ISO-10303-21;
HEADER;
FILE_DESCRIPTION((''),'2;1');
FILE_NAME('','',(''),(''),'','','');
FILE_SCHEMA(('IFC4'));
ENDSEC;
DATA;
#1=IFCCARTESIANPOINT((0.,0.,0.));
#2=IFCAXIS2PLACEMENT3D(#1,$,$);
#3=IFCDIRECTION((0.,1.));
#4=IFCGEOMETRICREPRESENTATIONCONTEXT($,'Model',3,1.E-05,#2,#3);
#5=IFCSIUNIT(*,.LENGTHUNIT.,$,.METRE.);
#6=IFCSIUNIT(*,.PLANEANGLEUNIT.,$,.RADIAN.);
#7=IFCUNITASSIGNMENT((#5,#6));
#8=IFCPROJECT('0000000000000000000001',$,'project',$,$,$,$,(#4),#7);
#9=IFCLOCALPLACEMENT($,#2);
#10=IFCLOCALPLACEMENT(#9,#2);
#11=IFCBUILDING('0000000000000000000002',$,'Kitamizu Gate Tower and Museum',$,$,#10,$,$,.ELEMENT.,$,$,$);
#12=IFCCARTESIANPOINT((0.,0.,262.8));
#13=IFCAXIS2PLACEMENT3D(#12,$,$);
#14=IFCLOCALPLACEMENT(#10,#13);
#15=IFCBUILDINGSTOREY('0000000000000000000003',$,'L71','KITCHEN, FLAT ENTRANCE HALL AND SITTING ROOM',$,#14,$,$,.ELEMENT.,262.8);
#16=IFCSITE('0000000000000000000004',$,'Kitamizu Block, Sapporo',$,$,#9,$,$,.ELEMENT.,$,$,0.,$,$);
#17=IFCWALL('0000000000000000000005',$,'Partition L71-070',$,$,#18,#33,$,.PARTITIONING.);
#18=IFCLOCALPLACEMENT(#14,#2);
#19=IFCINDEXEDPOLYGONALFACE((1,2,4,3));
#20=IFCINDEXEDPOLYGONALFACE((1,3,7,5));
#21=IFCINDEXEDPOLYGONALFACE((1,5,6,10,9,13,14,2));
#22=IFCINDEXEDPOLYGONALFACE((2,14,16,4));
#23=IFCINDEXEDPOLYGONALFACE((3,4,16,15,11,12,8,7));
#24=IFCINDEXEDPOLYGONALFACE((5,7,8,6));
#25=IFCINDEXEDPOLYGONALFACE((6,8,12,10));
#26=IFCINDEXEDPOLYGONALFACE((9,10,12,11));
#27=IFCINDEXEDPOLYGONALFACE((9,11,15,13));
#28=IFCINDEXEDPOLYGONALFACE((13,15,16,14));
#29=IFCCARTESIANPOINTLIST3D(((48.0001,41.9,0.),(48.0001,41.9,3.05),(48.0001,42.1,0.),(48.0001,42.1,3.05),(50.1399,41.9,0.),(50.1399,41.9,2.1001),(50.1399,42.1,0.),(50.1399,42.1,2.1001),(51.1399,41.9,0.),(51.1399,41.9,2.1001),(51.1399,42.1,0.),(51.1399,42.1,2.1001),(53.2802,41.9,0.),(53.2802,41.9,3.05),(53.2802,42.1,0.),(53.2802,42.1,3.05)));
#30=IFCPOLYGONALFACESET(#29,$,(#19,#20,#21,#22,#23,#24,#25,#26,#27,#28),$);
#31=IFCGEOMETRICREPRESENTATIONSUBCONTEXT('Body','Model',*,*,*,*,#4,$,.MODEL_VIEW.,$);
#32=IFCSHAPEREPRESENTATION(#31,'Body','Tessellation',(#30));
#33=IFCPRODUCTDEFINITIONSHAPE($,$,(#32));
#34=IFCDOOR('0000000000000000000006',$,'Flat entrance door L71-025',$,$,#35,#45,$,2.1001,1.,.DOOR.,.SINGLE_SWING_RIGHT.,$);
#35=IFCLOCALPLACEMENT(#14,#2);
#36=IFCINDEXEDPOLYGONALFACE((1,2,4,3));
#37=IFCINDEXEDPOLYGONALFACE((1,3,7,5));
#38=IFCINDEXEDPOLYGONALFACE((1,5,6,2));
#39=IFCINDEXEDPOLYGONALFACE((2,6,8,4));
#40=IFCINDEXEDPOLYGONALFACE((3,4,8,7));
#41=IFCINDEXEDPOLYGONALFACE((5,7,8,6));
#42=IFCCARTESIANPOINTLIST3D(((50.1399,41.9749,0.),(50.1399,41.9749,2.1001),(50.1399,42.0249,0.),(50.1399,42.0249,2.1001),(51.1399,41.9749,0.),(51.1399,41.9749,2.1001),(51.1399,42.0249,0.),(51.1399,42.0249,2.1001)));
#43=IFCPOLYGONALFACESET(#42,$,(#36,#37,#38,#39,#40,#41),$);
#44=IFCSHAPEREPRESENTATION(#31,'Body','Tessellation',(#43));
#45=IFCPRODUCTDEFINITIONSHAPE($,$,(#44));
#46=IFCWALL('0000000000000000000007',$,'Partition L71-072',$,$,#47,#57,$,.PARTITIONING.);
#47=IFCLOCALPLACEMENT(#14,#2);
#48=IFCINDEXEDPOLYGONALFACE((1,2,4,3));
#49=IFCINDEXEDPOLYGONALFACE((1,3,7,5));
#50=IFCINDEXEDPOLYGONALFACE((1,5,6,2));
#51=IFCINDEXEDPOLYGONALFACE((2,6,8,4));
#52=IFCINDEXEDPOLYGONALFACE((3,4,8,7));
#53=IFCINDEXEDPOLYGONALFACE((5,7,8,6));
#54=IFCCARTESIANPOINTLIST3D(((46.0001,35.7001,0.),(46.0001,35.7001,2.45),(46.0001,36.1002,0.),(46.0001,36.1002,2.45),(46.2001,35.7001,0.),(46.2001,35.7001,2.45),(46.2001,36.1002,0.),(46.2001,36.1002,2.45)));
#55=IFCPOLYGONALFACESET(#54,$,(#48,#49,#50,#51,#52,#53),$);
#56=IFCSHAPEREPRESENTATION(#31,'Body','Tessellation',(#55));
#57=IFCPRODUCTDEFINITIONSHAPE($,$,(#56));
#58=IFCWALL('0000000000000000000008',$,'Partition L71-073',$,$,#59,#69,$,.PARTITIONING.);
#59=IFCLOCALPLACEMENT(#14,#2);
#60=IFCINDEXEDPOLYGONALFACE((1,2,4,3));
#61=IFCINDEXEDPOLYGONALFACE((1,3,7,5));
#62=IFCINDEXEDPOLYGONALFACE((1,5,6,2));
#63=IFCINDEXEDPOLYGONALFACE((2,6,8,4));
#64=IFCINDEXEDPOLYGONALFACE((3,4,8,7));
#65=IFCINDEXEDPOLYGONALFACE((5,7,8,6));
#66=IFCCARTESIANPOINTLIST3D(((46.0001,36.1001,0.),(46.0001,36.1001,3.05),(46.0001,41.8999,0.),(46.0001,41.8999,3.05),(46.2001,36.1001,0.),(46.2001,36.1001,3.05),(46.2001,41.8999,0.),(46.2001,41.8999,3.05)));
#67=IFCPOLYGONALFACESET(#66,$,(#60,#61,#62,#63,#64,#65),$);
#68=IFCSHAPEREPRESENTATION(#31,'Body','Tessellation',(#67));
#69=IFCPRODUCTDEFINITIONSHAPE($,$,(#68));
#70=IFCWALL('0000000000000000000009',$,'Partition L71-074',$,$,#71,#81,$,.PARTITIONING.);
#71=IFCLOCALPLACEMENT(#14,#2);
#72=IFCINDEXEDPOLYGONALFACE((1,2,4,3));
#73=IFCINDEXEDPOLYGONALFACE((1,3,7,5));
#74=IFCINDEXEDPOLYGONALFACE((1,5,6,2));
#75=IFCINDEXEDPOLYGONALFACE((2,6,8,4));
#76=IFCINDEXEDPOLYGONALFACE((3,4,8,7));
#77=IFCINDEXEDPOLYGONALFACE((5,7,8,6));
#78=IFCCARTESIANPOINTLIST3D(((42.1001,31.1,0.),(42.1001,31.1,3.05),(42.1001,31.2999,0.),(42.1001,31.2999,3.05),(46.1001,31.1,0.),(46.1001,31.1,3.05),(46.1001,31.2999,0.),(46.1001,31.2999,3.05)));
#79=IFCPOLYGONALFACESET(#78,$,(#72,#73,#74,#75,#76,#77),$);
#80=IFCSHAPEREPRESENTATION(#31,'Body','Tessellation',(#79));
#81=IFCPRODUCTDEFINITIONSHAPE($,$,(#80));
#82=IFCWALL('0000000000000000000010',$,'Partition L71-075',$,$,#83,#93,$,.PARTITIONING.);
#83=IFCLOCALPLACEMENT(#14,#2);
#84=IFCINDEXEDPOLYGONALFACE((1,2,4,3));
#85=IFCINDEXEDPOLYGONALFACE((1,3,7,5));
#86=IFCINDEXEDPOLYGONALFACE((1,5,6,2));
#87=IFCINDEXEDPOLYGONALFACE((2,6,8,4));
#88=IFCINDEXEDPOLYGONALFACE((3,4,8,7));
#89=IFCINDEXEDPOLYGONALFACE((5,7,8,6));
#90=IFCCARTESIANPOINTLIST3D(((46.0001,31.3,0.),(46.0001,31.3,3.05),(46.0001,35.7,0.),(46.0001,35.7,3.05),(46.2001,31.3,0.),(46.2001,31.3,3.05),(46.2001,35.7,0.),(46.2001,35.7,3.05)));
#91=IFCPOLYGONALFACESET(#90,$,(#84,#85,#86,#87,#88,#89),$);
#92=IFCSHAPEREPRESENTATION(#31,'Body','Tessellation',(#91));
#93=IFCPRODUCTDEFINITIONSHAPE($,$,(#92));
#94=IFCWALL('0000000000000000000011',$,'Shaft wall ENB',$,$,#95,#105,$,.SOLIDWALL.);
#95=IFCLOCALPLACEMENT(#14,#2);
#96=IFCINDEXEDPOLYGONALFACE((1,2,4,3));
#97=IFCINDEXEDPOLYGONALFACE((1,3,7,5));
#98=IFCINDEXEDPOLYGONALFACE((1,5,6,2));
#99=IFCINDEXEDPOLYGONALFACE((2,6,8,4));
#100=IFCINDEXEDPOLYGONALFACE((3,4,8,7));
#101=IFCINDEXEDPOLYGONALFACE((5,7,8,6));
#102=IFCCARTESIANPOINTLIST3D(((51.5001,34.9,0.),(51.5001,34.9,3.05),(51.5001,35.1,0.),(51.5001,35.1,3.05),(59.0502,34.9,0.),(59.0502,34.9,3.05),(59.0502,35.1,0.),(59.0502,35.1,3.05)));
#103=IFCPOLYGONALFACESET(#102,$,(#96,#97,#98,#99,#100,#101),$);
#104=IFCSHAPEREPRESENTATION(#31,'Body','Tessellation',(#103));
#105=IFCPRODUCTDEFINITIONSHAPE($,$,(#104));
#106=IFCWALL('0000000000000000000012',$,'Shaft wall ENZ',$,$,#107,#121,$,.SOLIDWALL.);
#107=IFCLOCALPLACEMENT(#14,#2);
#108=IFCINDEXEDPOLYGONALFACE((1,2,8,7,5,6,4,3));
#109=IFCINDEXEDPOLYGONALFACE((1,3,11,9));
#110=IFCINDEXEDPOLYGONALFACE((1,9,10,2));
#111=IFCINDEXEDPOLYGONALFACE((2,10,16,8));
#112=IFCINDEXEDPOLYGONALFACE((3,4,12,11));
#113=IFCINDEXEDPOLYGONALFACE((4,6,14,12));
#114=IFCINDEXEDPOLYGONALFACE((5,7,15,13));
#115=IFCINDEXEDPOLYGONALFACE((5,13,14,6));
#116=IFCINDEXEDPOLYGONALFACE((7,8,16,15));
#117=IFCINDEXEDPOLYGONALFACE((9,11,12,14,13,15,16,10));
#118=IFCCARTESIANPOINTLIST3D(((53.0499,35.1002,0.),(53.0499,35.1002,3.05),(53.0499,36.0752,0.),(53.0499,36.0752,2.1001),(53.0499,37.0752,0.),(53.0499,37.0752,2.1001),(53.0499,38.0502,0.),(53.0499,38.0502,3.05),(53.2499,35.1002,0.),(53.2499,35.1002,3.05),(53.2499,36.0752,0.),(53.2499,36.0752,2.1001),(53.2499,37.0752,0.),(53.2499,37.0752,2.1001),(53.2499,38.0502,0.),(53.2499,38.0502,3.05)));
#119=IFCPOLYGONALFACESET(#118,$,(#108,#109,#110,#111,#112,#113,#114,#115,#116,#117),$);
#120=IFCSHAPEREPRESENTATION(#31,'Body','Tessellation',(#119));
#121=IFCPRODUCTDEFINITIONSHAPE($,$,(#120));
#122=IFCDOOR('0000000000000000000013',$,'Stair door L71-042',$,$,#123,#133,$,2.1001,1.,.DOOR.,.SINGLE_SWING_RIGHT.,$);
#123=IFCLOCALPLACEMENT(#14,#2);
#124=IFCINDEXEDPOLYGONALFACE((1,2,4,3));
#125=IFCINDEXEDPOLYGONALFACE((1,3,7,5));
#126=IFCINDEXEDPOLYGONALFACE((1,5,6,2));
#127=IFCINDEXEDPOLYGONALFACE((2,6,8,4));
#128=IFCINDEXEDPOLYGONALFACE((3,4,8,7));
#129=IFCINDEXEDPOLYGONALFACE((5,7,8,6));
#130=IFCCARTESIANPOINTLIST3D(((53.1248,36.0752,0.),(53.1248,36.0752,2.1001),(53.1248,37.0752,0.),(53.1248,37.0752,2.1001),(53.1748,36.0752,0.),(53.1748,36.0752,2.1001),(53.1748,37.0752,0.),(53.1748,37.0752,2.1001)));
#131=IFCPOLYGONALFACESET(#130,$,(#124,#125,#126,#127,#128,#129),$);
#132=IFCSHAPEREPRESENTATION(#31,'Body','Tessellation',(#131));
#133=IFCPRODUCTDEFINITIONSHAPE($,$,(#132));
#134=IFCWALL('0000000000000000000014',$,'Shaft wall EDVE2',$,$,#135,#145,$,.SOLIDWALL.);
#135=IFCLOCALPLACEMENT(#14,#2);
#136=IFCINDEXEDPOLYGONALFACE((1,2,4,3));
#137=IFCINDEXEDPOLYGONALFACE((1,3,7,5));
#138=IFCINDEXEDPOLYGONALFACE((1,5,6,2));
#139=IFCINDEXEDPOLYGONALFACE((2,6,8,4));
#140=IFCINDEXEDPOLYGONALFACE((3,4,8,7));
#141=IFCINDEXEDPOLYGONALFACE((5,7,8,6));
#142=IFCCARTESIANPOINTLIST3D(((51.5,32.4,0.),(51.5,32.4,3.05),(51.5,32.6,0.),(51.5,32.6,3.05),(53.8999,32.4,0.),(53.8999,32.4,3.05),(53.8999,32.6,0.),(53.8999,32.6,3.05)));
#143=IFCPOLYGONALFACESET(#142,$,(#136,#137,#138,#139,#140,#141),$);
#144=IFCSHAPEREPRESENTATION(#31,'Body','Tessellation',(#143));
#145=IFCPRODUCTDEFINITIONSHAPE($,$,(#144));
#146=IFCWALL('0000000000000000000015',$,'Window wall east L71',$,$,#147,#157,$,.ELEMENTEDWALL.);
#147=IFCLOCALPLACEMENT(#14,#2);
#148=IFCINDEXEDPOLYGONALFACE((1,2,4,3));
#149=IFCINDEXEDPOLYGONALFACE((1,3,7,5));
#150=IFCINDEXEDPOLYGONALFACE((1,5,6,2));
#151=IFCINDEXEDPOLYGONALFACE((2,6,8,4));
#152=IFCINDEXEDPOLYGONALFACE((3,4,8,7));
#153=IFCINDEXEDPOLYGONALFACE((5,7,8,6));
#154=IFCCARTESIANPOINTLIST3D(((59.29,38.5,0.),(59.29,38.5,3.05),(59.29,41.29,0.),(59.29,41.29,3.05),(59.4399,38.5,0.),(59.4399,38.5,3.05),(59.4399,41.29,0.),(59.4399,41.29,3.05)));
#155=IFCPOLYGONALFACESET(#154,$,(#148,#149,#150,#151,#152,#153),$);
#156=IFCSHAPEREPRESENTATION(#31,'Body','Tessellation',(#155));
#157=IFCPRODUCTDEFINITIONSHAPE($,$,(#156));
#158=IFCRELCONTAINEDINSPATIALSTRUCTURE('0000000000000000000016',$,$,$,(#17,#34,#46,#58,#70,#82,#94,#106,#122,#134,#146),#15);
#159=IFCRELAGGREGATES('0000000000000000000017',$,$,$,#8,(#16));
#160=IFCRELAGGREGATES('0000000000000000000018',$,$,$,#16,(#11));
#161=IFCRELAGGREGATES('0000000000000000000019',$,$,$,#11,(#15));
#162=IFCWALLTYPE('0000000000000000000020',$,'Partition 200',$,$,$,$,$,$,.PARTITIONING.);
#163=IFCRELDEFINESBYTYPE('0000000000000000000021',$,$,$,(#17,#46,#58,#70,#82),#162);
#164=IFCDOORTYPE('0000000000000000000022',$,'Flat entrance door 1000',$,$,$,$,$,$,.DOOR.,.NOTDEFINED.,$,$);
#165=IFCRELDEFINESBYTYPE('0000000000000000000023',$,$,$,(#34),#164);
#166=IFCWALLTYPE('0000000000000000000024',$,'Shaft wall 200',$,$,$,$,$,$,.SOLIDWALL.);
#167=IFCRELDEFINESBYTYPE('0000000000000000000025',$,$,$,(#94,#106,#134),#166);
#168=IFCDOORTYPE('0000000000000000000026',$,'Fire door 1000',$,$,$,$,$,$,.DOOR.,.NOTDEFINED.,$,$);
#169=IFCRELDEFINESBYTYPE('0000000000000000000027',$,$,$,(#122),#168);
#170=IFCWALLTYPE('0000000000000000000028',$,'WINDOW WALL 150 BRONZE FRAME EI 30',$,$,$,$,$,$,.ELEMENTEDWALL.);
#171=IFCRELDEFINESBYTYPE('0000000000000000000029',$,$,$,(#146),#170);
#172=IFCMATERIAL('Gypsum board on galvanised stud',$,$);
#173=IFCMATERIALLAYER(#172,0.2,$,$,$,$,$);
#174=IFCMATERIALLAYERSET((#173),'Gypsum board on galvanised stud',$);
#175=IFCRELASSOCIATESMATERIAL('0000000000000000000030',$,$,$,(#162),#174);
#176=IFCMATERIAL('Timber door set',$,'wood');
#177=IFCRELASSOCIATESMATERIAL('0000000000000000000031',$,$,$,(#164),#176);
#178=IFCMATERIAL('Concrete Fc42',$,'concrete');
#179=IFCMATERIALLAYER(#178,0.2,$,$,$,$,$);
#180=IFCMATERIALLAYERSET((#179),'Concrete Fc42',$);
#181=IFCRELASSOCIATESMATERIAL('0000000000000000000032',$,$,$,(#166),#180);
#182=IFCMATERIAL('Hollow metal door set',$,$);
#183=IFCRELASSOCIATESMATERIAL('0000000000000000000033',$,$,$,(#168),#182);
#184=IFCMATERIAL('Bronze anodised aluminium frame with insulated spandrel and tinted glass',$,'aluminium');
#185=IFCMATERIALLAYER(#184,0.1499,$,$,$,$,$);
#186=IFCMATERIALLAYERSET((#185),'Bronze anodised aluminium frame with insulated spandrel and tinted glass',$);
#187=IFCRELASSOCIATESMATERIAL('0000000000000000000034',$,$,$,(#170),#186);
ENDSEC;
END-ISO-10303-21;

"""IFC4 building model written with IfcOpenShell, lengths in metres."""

from ifc_helpers import new_model, si_unit, direction, frame, frame_2d, origin, place, context, subcontext, project, spatial, rectangle, extrude, material, layer, layer_set, type_object, element, fill, save


model = new_model("IFC4")

# Units and contexts
model_context = context("Model", 3, precision=1e-05, world=origin(), true_north=direction((0.0, 1.0)))
body_context = subcontext(model_context, "Body", "Model", "MODEL_VIEW")
ifc_project = project(units=[si_unit("LENGTHUNIT", "METRE"), si_unit("PLANEANGLEUNIT", "RADIAN")], contexts=[model_context])

# Site, building, storey
site_placement = place(None, origin())
site = spatial("IfcSite", under=ifc_project, at=site_placement, Name="Kitamizu Block, Sapporo", CompositionType="ELEMENT", RefElevation=0.0)
building_placement = place(site_placement, origin())
building = spatial("IfcBuilding", under=site, at=building_placement, Name="Kitamizu Gate Tower and Museum", CompositionType="ELEMENT")
storey_placement = place(building_placement, frame((0.0, 0.0, 262.8)))
storey = spatial("IfcBuildingStorey", under=building, at=storey_placement, Name="L71", Description="KITCHEN, FLAT ENTRANCE HALL AND SITTING ROOM", CompositionType="ELEMENT", Elevation=262.8)

# Shared definitions
ifc_material_1 = material(Name="Gypsum board on galvanised stud")
ifc_layer_1 = layer(ifc_material_1, 0.2)
ifc_layer_set_1 = layer_set([ifc_layer_1], Name="Gypsum board on galvanised stud")
wall_type_1 = type_object("IfcWallType", Name="Partition 200", PredefinedType="PARTITIONING", material=ifc_layer_set_1)

# Wall, opening, door
wall_1_placement = place(storey_placement, frame((48.0, 42.0, 0.0), z_axis=(0.0, 0.0, 1.0), x_axis=(1.0, 0.0, 0.0)))
wall_1 = element("IfcWall", 1, at=wall_1_placement, inside=storey, type_object=wall_type_1, Name="Partition L71-070", PredefinedType="PARTITIONING", context=body_context, shape_type="SweptSolid", body=[
    extrude(rectangle(XDim=5.28, YDim=0.2, at=frame_2d((2.6401, 0.0))), origin(), (0.0, 0.0, 1.0), 3.05),
])
opening_1_placement = place(wall_1_placement, frame((2.1399, 0.0, 0.0)))
opening_1 = element("IfcOpeningElement", 2, at=opening_1_placement, cuts=wall_1, PredefinedType="OPENING", context=body_context, shape_type="SweptSolid", body=[
    extrude(rectangle(XDim=1.0, YDim=2.1001, at=frame_2d((0.5, 1.05))), frame((0.0, 0.1099, 0.0), z_axis=(0.0, -1.0, 0.0), x_axis=(1.0, 0.0, 0.0)), (0.0, 0.0, 1.0), 0.22),
])
ifc_material_2 = material(Name="Timber door set", Category="wood")
door_type_1 = type_object("IfcDoorType", Name="Flat entrance door 1000", OperationType="NOTDEFINED", PredefinedType="DOOR", material=ifc_material_2)
door_1_placement = place(opening_1_placement, origin())
door_1 = element("IfcDoor", 3, at=door_1_placement, inside=storey, type_object=door_type_1, Name="Flat entrance door L71-025", OperationType="SINGLE_SWING_RIGHT", OverallHeight=2.1001, OverallWidth=1.0, PredefinedType="DOOR", context=body_context, shape_type="SweptSolid", body=[
    extrude(rectangle(XDim=1.0, YDim=2.1001, at=frame_2d((0.5, 1.05))), frame((0.0, 0.0249, 0.0), z_axis=(0.0, -1.0, 0.0), x_axis=(1.0, 0.0, 0.0)), (0.0, 0.0, 1.0), 0.05),
])
fill(opening_1, door_1)

# Walls
wall_2_placement = place(storey_placement, frame((46.1001, 35.7, 0.0), z_axis=(0.0, 0.0, 1.0), x_axis=(0.0, 1.0, 0.0)))
element("IfcWall", 4, at=wall_2_placement, inside=storey, type_object=wall_type_1, Name="Partition L71-072", PredefinedType="PARTITIONING", context=body_context, shape_type="SweptSolid", body=[
    extrude(rectangle(XDim=0.4001, YDim=0.2, at=frame_2d((0.2002, 0.0))), origin(), (0.0, 0.0, 1.0), 2.45),
])
wall_3_placement = place(storey_placement, frame((46.1001, 36.1001, 0.0), z_axis=(0.0, 0.0, 1.0), x_axis=(0.0, 1.0, 0.0)))
element("IfcWall", 5, at=wall_3_placement, inside=storey, type_object=wall_type_1, Name="Partition L71-073", PredefinedType="PARTITIONING", context=body_context, shape_type="SweptSolid", body=[
    extrude(rectangle(XDim=5.7998, YDim=0.2, at=frame_2d((2.8999, 0.0))), origin(), (0.0, 0.0, 1.0), 3.05),
])
wall_4_placement = place(storey_placement, frame((42.1001, 31.2, 0.0), z_axis=(0.0, 0.0, 1.0), x_axis=(1.0, 0.0, 0.0)))
element("IfcWall", 6, at=wall_4_placement, inside=storey, type_object=wall_type_1, Name="Partition L71-074", PredefinedType="PARTITIONING", context=body_context, shape_type="SweptSolid", body=[
    extrude(rectangle(XDim=4.0, YDim=0.2, at=frame_2d((2.0, 0.0))), origin(), (0.0, 0.0, 1.0), 3.05),
])
wall_5_placement = place(storey_placement, frame((46.1001, 31.3, 0.0), z_axis=(0.0, 0.0, 1.0), x_axis=(0.0, 1.0, 0.0)))
element("IfcWall", 7, at=wall_5_placement, inside=storey, type_object=wall_type_1, Name="Partition L71-075", PredefinedType="PARTITIONING", context=body_context, shape_type="SweptSolid", body=[
    extrude(rectangle(XDim=4.3999, YDim=0.2, at=frame_2d((2.2, 0.0))), origin(), (0.0, 0.0, 1.0), 3.05),
])
ifc_material_3 = material(Name="Concrete Fc42", Category="concrete")
ifc_layer_2 = layer(ifc_material_3, 0.2)
ifc_layer_set_2 = layer_set([ifc_layer_2], Name="Concrete Fc42")
wall_type_2 = type_object("IfcWallType", Name="Shaft wall 200", PredefinedType="SOLIDWALL", material=ifc_layer_set_2)
wall_6_placement = place(storey_placement, frame((59.05, 35.0, 0.0), z_axis=(0.0, 0.0, 1.0), x_axis=(-1.0, 0.0, 0.0)))
element("IfcWall", 8, at=wall_6_placement, inside=storey, type_object=wall_type_2, Name="Shaft wall ENB", PredefinedType="SOLIDWALL", context=body_context, shape_type="SweptSolid", body=[
    extrude(rectangle(XDim=7.55, YDim=0.2, at=frame_2d((3.7749, 0.0))), origin(), (0.0, 0.0, 1.0), 3.05),
])

# Wall, opening, door
wall_7_placement = place(storey_placement, frame((53.1499, 35.1001, 0.0), z_axis=(0.0, 0.0, 1.0), x_axis=(0.0, 1.0, 0.0)))
wall_7 = element("IfcWall", 9, at=wall_7_placement, inside=storey, type_object=wall_type_2, Name="Shaft wall ENZ", PredefinedType="SOLIDWALL", context=body_context, shape_type="SweptSolid", body=[
    extrude(rectangle(XDim=2.95, YDim=0.2, at=frame_2d((1.4751, 0.0))), origin(), (0.0, 0.0, 1.0), 3.05),
])
opening_2_placement = place(wall_7_placement, frame((0.9751, 0.0, 0.0)))
opening_2 = element("IfcOpeningElement", 10, at=opening_2_placement, cuts=wall_7, PredefinedType="OPENING", context=body_context, shape_type="SweptSolid", body=[
    extrude(rectangle(XDim=1.0, YDim=2.1001, at=frame_2d((0.5, 1.05))), frame((0.0, 0.1099, 0.0), z_axis=(0.0, -1.0, 0.0), x_axis=(1.0, 0.0, 0.0)), (0.0, 0.0, 1.0), 0.22),
])
ifc_material_4 = material(Name="Hollow metal door set")
door_type_2 = type_object("IfcDoorType", Name="Fire door 1000", OperationType="NOTDEFINED", PredefinedType="DOOR", material=ifc_material_4)
door_2_placement = place(opening_2_placement, frame((1.0, 0.0, 0.0), x_axis=(-1.0, 0.0, 0.0)))
door_2 = element("IfcDoor", 11, at=door_2_placement, inside=storey, type_object=door_type_2, Name="Stair door L71-042", OperationType="SINGLE_SWING_RIGHT", OverallHeight=2.1001, OverallWidth=1.0, PredefinedType="DOOR", context=body_context, shape_type="SweptSolid", body=[
    extrude(rectangle(XDim=1.0, YDim=2.1001, at=frame_2d((0.5, 1.05))), frame((0.0, 0.0249, 0.0), z_axis=(0.0, -1.0, 0.0), x_axis=(1.0, 0.0, 0.0)), (0.0, 0.0, 1.0), 0.05),
])
fill(opening_2, door_2)

# Walls
wall_8_placement = place(storey_placement, frame((53.8999, 32.5, 0.0), z_axis=(0.0, 0.0, 1.0), x_axis=(-1.0, 0.0, 0.0)))
element("IfcWall", 12, at=wall_8_placement, inside=storey, type_object=wall_type_2, Name="Shaft wall EDVE2", PredefinedType="SOLIDWALL", context=body_context, shape_type="SweptSolid", body=[
    extrude(rectangle(XDim=2.3999, YDim=0.2, at=frame_2d((1.2, 0.0))), origin(), (0.0, 0.0, 1.0), 3.05),
])
ifc_material_5 = material(Name="Bronze anodised aluminium frame with insulated spandrel and tinted glass", Category="aluminium")
ifc_layer_3 = layer(ifc_material_5, 0.1499)
ifc_layer_set_3 = layer_set([ifc_layer_3], Name="Bronze anodised aluminium frame with insulated spandrel and tinted glass")
wall_type_3 = type_object("IfcWallType", Name="WINDOW WALL 150 BRONZE FRAME EI 30", PredefinedType="ELEMENTEDWALL", material=ifc_layer_set_3)
wall_9_placement = place(storey_placement, frame((59.365, 38.5, 0.0), z_axis=(0.0, 0.0, 1.0), x_axis=(0.0, 1.0, 0.0)))
element("IfcWall", 13, at=wall_9_placement, inside=storey, type_object=wall_type_3, Name="Window wall east L71", PredefinedType="ELEMENTEDWALL", context=body_context, shape_type="SweptSolid", body=[
    extrude(rectangle(XDim=2.79, YDim=0.1499, at=frame_2d((1.395, 0.0))), origin(), (0.0, 0.0, 1.0), 3.05),
])

save(model, "model.ifc")
